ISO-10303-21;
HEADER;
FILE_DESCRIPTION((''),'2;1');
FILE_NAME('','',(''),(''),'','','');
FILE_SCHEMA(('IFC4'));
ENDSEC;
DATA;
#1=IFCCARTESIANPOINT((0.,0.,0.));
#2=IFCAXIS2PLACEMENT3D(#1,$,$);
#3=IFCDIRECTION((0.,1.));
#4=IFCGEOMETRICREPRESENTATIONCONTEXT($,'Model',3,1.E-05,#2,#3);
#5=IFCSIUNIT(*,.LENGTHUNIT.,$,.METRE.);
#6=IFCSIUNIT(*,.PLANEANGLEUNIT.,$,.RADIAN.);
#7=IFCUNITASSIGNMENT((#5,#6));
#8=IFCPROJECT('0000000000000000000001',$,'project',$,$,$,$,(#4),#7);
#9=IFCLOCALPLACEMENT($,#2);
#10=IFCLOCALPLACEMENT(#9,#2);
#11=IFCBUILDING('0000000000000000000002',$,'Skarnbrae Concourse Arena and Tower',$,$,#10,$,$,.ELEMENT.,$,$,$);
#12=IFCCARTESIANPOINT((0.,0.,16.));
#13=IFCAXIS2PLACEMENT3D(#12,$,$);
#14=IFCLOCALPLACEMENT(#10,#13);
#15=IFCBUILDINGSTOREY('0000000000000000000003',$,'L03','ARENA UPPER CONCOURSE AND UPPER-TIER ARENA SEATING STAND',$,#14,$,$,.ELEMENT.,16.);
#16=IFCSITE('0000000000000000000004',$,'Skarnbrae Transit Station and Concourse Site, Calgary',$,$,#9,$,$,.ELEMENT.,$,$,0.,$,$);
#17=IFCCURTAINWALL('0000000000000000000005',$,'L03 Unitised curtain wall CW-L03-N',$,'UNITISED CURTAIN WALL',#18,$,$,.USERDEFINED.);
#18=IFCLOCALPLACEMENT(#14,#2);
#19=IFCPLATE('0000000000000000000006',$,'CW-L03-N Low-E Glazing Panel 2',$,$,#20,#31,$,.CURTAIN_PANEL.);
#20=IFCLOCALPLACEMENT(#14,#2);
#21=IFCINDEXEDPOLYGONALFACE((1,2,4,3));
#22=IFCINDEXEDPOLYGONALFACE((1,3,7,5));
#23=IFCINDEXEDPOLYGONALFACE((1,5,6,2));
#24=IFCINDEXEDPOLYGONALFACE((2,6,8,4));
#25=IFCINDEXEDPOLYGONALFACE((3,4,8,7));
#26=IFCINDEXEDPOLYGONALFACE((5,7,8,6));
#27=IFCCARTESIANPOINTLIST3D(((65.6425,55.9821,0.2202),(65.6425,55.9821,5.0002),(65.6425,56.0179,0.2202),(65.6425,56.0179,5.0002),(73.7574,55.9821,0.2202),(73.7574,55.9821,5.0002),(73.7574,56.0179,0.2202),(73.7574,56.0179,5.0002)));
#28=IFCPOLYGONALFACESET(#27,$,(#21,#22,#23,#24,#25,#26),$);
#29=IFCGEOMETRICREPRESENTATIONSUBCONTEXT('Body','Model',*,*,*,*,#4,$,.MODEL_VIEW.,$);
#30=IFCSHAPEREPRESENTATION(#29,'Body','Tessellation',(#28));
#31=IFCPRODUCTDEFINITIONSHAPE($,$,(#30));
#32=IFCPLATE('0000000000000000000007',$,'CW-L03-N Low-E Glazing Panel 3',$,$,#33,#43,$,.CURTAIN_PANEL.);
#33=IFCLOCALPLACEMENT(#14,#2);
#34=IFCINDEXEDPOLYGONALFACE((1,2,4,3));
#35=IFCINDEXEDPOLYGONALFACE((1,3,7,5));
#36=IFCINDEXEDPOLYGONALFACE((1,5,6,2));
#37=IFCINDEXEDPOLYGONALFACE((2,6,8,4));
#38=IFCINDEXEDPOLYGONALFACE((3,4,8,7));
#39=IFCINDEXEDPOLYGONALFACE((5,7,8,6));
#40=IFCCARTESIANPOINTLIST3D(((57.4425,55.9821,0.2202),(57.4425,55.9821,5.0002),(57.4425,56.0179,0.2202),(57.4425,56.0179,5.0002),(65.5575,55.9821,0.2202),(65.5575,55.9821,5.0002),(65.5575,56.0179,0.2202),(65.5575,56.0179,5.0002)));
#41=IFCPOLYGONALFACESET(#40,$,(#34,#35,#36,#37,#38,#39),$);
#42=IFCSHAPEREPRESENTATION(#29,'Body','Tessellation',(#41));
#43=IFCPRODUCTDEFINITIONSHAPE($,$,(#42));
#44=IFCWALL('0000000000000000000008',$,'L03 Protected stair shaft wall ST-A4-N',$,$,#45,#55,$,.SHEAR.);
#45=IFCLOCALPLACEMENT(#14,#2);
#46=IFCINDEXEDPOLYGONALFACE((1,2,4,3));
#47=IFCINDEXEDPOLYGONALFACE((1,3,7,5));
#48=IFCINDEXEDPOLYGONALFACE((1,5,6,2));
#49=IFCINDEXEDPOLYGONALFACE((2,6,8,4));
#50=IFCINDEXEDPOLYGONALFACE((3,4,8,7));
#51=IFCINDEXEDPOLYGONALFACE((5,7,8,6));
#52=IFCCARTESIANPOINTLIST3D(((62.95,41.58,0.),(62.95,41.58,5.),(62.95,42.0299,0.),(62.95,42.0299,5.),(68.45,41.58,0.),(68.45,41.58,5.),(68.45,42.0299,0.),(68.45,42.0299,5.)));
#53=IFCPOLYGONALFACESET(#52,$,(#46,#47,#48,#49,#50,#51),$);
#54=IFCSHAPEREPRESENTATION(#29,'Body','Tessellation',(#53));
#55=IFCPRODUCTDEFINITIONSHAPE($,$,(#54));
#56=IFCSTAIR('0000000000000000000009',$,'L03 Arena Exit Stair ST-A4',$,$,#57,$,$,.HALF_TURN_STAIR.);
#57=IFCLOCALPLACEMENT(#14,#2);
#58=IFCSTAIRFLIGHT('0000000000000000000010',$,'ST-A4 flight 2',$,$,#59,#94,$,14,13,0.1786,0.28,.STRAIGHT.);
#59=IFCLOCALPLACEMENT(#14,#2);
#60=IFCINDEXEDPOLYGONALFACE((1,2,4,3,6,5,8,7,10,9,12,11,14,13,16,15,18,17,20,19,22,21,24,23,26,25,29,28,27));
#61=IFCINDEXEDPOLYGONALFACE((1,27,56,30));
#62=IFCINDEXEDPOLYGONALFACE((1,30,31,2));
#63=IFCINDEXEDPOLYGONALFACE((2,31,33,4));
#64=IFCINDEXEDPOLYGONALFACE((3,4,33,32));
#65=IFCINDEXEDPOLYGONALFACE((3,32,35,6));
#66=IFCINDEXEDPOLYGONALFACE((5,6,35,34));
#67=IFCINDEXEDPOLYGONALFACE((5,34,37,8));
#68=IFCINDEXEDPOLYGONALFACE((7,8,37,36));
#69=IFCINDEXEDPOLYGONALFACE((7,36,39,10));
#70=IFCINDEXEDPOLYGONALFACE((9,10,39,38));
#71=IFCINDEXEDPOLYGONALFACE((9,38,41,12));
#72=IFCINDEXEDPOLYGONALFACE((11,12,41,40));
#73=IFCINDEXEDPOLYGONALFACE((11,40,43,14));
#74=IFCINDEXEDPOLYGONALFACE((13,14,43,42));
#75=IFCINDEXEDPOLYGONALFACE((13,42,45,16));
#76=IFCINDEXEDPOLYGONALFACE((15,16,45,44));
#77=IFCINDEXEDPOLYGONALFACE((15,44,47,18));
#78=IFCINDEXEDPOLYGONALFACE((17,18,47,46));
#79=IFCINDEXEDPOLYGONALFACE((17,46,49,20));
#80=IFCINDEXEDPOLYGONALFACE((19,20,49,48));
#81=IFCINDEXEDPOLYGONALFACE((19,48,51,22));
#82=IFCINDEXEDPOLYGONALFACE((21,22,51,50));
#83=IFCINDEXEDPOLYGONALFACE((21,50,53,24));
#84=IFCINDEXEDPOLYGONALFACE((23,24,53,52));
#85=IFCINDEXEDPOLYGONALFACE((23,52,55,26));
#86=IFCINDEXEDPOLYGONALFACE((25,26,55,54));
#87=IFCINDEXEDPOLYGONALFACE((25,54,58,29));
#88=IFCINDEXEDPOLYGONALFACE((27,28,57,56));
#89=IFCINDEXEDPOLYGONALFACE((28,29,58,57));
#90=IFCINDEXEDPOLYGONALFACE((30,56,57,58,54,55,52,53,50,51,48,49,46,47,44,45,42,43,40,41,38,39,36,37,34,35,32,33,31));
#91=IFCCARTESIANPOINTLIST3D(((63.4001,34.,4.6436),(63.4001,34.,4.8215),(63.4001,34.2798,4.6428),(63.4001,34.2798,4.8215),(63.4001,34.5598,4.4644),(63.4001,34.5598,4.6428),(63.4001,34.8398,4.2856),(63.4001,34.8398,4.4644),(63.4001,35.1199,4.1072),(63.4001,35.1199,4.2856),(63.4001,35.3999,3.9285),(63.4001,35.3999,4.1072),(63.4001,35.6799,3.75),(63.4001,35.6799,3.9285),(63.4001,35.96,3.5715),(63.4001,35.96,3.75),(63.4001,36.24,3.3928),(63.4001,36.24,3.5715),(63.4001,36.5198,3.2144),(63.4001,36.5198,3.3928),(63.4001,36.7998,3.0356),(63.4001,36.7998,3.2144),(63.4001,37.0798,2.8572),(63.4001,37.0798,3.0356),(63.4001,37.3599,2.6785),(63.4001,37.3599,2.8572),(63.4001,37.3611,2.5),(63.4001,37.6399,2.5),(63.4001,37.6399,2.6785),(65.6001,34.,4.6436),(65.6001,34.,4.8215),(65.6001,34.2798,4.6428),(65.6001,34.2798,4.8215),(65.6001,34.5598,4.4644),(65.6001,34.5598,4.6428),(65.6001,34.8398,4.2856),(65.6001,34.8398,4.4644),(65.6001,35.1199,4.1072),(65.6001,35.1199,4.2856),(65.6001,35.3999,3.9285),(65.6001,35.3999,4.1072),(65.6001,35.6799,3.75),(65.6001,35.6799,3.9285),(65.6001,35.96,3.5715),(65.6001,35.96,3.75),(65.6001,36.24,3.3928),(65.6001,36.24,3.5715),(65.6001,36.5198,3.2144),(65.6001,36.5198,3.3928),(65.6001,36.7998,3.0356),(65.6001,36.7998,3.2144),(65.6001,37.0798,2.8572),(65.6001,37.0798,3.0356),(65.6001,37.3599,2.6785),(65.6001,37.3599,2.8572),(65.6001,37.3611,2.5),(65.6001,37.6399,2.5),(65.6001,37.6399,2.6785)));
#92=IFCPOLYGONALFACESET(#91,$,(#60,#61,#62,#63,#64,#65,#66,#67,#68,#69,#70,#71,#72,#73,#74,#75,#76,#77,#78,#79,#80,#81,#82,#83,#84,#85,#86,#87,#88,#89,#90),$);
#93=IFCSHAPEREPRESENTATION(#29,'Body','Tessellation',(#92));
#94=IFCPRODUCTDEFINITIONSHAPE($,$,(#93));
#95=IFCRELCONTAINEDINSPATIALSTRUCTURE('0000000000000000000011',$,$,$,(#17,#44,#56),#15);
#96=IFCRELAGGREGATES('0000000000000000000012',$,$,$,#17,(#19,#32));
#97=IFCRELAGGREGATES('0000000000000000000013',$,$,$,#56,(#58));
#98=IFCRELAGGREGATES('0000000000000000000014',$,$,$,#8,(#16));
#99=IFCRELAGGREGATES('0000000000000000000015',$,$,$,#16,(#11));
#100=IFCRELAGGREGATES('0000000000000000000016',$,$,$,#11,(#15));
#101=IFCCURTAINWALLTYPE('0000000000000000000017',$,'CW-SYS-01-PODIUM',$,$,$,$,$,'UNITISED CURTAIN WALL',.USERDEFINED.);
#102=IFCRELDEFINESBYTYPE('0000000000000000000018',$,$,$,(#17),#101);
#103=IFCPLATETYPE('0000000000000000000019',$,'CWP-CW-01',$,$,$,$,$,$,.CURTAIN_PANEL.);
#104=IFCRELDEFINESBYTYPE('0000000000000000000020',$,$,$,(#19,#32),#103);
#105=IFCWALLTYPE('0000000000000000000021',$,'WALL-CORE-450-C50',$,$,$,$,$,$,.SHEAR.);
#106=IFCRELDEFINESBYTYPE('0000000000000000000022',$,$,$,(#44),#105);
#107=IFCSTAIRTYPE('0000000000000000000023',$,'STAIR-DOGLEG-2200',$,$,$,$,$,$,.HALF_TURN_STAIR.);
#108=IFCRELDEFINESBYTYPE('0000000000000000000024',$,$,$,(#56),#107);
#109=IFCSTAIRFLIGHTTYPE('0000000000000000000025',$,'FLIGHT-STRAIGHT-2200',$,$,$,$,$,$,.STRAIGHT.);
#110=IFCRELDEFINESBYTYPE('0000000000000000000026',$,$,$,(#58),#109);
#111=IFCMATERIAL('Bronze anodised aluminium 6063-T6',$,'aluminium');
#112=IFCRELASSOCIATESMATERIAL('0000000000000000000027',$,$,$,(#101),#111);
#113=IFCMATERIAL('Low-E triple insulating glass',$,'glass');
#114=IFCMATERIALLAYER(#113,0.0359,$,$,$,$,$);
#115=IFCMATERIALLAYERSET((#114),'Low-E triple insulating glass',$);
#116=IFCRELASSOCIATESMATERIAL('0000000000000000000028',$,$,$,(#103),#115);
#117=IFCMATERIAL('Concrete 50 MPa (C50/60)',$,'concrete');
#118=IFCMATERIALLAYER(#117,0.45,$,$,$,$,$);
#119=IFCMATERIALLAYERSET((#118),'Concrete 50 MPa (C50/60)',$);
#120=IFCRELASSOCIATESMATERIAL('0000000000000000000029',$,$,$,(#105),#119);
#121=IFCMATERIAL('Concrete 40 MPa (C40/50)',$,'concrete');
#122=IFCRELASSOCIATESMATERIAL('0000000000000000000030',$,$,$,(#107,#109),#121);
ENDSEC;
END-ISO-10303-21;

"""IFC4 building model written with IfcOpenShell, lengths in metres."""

from ifc_helpers import new_model, si_unit, direction, frame, frame_2d, origin, origin_2d, place, context, subcontext, project, spatial, polyline, rectangle, outline, extrude, source, transform, mapped, material, layer, layer_set, type_object, element, aggregate, save


model = new_model("IFC4")

# Units and contexts
model_context = context("Model", 3, precision=1e-05, world=origin(), true_north=direction((0.0, 1.0)))
body_context = subcontext(model_context, "Body", "Model", "MODEL_VIEW")
ifc_project = project(units=[si_unit("LENGTHUNIT", "METRE"), si_unit("PLANEANGLEUNIT", "RADIAN")], contexts=[model_context])

# Site, building, storey
site_placement = place(None, origin())
site = spatial("IfcSite", under=ifc_project, at=site_placement, Name="Skarnbrae Transit Station and Concourse Site, Calgary", CompositionType="ELEMENT", RefElevation=0.0)
building_placement = place(site_placement, origin())
building = spatial("IfcBuilding", under=site, at=building_placement, Name="Skarnbrae Concourse Arena and Tower", CompositionType="ELEMENT")
storey_placement = place(building_placement, frame((0.0, 0.0, 16.0)))
storey = spatial("IfcBuildingStorey", under=building, at=storey_placement, Name="L03", Description="ARENA UPPER CONCOURSE AND UPPER-TIER ARENA SEATING STAND", CompositionType="ELEMENT", Elevation=16.0)

# Curtain wall
ifc_material_1 = material(Name="Bronze anodised aluminium 6063-T6", Category="aluminium")
curtain_wall_type = type_object("IfcCurtainWallType", Name="CW-SYS-01-PODIUM", ElementType="UNITISED CURTAIN WALL", PredefinedType="USERDEFINED", material=ifc_material_1)
curtain_wall_1_placement = place(storey_placement, origin())
curtain_wall_1 = element("IfcCurtainWall", 1, at=curtain_wall_1_placement, inside=storey, type_object=curtain_wall_type, Name="L03 Unitised curtain wall CW-L03-N", ObjectType="UNITISED CURTAIN WALL", PredefinedType="USERDEFINED")

# Plates
ifc_material_2 = material(Name="Low-E triple insulating glass", Category="glass")
ifc_layer_1 = layer(ifc_material_2, 0.0359)
ifc_layer_set_1 = layer_set([ifc_layer_1], Name="Low-E triple insulating glass")
plate_type = type_object("IfcPlateType", Name="CWP-CW-01", PredefinedType="CURTAIN_PANEL", material=ifc_layer_set_1)
shared_shape_1 = source(origin(), body_context, "Body", "SweptSolid", [
    extrude(rectangle(XDim=8.115, YDim=0.0359, at=origin_2d()), origin(), (0.0, 0.0, 1.0), 4.78),
])
plate_1_placement = place(storey_placement, frame((69.7, 56.0, 0.2202), z_axis=(0.0, 0.0, 1.0), x_axis=(-1.0, 0.0, 0.0)))
plate_1 = element("IfcPlate", 2, at=plate_1_placement, type_object=plate_type, Name="CW-L03-N Low-E Glazing Panel 2", PredefinedType="CURTAIN_PANEL", context=body_context, shape_type="MappedRepresentation", body=[
    mapped(shared_shape_1, transform((0.0, 0.0, 0.0))),
])
plate_2_placement = place(storey_placement, frame((61.5, 56.0, 0.2202), z_axis=(0.0, 0.0, 1.0), x_axis=(-1.0, 0.0, 0.0)))
plate_2 = element("IfcPlate", 3, at=plate_2_placement, type_object=plate_type, Name="CW-L03-N Low-E Glazing Panel 3", PredefinedType="CURTAIN_PANEL", context=body_context, shape_type="MappedRepresentation", body=[
    mapped(shared_shape_1, transform((0.0, 0.0, 0.0))),
])
aggregate(curtain_wall_1, [plate_1, plate_2])

# Wall
ifc_material_3 = material(Name="Concrete 50 MPa (C50/60)", Category="concrete")
ifc_layer_2 = layer(ifc_material_3, 0.45)
ifc_layer_set_2 = layer_set([ifc_layer_2], Name="Concrete 50 MPa (C50/60)")
wall_type = type_object("IfcWallType", Name="WALL-CORE-450-C50", PredefinedType="SHEAR", material=ifc_layer_set_2)
shared_shape_2 = source(origin(), body_context, "Body", "SweptSolid", [
    extrude(rectangle(XDim=5.5, YDim=0.45, at=frame_2d((2.75, 0.0))), origin(), (0.0, 0.0, 1.0), 5.0),
])
wall_placement = place(storey_placement, frame((62.95, 41.8049, 0.0), z_axis=(0.0, 0.0, 1.0), x_axis=(1.0, 0.0, 0.0)))
element("IfcWall", 4, at=wall_placement, inside=storey, type_object=wall_type, Name="L03 Protected stair shaft wall ST-A4-N", PredefinedType="SHEAR", context=body_context, shape_type="MappedRepresentation", body=[
    mapped(shared_shape_2, transform((0.0, 0.0, 0.0))),
])

# Stair, stair flight
ifc_material_4 = material(Name="Concrete 40 MPa (C40/50)", Category="concrete")
stair_type = type_object("IfcStairType", Name="STAIR-DOGLEG-2200", PredefinedType="HALF_TURN_STAIR", material=ifc_material_4)
stair_placement = place(storey_placement, origin())
stair = element("IfcStair", 5, at=stair_placement, inside=storey, type_object=stair_type, Name="L03 Arena Exit Stair ST-A4", PredefinedType="HALF_TURN_STAIR")
stair_flight_type = type_object("IfcStairFlightType", Name="FLIGHT-STRAIGHT-2200", PredefinedType="STRAIGHT", material=ifc_material_4)
shared_shape_3 = source(origin(), body_context, "Body", "SweptSolid", [
    extrude(outline(polyline([(0.0, 0.0), (0.0, 0.1785), (0.28, 0.1785), (0.28, 0.3572), (0.5601, 0.3572), (0.5601, 0.5356), (0.8401, 0.5356), (0.8401, 0.7144), (1.1201, 0.7144), (1.1201, 0.8928), (1.3999, 0.8928), (1.3999, 1.0715), (1.6799, 1.0715), (1.6799, 1.25), (1.96, 1.25), (1.96, 1.4285), (2.24, 1.4285), (2.24, 1.6072), (2.52, 1.6072), (2.52, 1.7856), (2.8, 1.7856), (2.8, 1.9644), (3.0801, 1.9644), (3.0801, 2.1428), (3.3601, 2.1428), (3.3601, 2.3215), (3.6399, 2.3215), (3.6399, 2.5), (3.6399, 2.1436), (0.2788, 0.0), (0.0, 0.0)])), frame((0.0, 1.1001, 0.0), z_axis=(0.0, -1.0, 0.0), x_axis=(1.0, 0.0, 0.0)), (0.0, 0.0, 1.0), 2.2),
])
stair_flight_placement = place(storey_placement, frame((64.5, 37.6399, 2.5), z_axis=(0.0, 0.0, 1.0), x_axis=(0.0, -1.0, 0.0)))
stair_flight = element("IfcStairFlight", 6, at=stair_flight_placement, type_object=stair_flight_type, Name="ST-A4 flight 2", NumberOfRisers=14, NumberOfTreads=13, PredefinedType="STRAIGHT", RiserHeight=0.1786, TreadLength=0.28, context=body_context, shape_type="MappedRepresentation", body=[
    mapped(shared_shape_3, transform((0.0, 0.0, 0.0))),
])
aggregate(stair, [stair_flight])

save(model, "model.ifc")
